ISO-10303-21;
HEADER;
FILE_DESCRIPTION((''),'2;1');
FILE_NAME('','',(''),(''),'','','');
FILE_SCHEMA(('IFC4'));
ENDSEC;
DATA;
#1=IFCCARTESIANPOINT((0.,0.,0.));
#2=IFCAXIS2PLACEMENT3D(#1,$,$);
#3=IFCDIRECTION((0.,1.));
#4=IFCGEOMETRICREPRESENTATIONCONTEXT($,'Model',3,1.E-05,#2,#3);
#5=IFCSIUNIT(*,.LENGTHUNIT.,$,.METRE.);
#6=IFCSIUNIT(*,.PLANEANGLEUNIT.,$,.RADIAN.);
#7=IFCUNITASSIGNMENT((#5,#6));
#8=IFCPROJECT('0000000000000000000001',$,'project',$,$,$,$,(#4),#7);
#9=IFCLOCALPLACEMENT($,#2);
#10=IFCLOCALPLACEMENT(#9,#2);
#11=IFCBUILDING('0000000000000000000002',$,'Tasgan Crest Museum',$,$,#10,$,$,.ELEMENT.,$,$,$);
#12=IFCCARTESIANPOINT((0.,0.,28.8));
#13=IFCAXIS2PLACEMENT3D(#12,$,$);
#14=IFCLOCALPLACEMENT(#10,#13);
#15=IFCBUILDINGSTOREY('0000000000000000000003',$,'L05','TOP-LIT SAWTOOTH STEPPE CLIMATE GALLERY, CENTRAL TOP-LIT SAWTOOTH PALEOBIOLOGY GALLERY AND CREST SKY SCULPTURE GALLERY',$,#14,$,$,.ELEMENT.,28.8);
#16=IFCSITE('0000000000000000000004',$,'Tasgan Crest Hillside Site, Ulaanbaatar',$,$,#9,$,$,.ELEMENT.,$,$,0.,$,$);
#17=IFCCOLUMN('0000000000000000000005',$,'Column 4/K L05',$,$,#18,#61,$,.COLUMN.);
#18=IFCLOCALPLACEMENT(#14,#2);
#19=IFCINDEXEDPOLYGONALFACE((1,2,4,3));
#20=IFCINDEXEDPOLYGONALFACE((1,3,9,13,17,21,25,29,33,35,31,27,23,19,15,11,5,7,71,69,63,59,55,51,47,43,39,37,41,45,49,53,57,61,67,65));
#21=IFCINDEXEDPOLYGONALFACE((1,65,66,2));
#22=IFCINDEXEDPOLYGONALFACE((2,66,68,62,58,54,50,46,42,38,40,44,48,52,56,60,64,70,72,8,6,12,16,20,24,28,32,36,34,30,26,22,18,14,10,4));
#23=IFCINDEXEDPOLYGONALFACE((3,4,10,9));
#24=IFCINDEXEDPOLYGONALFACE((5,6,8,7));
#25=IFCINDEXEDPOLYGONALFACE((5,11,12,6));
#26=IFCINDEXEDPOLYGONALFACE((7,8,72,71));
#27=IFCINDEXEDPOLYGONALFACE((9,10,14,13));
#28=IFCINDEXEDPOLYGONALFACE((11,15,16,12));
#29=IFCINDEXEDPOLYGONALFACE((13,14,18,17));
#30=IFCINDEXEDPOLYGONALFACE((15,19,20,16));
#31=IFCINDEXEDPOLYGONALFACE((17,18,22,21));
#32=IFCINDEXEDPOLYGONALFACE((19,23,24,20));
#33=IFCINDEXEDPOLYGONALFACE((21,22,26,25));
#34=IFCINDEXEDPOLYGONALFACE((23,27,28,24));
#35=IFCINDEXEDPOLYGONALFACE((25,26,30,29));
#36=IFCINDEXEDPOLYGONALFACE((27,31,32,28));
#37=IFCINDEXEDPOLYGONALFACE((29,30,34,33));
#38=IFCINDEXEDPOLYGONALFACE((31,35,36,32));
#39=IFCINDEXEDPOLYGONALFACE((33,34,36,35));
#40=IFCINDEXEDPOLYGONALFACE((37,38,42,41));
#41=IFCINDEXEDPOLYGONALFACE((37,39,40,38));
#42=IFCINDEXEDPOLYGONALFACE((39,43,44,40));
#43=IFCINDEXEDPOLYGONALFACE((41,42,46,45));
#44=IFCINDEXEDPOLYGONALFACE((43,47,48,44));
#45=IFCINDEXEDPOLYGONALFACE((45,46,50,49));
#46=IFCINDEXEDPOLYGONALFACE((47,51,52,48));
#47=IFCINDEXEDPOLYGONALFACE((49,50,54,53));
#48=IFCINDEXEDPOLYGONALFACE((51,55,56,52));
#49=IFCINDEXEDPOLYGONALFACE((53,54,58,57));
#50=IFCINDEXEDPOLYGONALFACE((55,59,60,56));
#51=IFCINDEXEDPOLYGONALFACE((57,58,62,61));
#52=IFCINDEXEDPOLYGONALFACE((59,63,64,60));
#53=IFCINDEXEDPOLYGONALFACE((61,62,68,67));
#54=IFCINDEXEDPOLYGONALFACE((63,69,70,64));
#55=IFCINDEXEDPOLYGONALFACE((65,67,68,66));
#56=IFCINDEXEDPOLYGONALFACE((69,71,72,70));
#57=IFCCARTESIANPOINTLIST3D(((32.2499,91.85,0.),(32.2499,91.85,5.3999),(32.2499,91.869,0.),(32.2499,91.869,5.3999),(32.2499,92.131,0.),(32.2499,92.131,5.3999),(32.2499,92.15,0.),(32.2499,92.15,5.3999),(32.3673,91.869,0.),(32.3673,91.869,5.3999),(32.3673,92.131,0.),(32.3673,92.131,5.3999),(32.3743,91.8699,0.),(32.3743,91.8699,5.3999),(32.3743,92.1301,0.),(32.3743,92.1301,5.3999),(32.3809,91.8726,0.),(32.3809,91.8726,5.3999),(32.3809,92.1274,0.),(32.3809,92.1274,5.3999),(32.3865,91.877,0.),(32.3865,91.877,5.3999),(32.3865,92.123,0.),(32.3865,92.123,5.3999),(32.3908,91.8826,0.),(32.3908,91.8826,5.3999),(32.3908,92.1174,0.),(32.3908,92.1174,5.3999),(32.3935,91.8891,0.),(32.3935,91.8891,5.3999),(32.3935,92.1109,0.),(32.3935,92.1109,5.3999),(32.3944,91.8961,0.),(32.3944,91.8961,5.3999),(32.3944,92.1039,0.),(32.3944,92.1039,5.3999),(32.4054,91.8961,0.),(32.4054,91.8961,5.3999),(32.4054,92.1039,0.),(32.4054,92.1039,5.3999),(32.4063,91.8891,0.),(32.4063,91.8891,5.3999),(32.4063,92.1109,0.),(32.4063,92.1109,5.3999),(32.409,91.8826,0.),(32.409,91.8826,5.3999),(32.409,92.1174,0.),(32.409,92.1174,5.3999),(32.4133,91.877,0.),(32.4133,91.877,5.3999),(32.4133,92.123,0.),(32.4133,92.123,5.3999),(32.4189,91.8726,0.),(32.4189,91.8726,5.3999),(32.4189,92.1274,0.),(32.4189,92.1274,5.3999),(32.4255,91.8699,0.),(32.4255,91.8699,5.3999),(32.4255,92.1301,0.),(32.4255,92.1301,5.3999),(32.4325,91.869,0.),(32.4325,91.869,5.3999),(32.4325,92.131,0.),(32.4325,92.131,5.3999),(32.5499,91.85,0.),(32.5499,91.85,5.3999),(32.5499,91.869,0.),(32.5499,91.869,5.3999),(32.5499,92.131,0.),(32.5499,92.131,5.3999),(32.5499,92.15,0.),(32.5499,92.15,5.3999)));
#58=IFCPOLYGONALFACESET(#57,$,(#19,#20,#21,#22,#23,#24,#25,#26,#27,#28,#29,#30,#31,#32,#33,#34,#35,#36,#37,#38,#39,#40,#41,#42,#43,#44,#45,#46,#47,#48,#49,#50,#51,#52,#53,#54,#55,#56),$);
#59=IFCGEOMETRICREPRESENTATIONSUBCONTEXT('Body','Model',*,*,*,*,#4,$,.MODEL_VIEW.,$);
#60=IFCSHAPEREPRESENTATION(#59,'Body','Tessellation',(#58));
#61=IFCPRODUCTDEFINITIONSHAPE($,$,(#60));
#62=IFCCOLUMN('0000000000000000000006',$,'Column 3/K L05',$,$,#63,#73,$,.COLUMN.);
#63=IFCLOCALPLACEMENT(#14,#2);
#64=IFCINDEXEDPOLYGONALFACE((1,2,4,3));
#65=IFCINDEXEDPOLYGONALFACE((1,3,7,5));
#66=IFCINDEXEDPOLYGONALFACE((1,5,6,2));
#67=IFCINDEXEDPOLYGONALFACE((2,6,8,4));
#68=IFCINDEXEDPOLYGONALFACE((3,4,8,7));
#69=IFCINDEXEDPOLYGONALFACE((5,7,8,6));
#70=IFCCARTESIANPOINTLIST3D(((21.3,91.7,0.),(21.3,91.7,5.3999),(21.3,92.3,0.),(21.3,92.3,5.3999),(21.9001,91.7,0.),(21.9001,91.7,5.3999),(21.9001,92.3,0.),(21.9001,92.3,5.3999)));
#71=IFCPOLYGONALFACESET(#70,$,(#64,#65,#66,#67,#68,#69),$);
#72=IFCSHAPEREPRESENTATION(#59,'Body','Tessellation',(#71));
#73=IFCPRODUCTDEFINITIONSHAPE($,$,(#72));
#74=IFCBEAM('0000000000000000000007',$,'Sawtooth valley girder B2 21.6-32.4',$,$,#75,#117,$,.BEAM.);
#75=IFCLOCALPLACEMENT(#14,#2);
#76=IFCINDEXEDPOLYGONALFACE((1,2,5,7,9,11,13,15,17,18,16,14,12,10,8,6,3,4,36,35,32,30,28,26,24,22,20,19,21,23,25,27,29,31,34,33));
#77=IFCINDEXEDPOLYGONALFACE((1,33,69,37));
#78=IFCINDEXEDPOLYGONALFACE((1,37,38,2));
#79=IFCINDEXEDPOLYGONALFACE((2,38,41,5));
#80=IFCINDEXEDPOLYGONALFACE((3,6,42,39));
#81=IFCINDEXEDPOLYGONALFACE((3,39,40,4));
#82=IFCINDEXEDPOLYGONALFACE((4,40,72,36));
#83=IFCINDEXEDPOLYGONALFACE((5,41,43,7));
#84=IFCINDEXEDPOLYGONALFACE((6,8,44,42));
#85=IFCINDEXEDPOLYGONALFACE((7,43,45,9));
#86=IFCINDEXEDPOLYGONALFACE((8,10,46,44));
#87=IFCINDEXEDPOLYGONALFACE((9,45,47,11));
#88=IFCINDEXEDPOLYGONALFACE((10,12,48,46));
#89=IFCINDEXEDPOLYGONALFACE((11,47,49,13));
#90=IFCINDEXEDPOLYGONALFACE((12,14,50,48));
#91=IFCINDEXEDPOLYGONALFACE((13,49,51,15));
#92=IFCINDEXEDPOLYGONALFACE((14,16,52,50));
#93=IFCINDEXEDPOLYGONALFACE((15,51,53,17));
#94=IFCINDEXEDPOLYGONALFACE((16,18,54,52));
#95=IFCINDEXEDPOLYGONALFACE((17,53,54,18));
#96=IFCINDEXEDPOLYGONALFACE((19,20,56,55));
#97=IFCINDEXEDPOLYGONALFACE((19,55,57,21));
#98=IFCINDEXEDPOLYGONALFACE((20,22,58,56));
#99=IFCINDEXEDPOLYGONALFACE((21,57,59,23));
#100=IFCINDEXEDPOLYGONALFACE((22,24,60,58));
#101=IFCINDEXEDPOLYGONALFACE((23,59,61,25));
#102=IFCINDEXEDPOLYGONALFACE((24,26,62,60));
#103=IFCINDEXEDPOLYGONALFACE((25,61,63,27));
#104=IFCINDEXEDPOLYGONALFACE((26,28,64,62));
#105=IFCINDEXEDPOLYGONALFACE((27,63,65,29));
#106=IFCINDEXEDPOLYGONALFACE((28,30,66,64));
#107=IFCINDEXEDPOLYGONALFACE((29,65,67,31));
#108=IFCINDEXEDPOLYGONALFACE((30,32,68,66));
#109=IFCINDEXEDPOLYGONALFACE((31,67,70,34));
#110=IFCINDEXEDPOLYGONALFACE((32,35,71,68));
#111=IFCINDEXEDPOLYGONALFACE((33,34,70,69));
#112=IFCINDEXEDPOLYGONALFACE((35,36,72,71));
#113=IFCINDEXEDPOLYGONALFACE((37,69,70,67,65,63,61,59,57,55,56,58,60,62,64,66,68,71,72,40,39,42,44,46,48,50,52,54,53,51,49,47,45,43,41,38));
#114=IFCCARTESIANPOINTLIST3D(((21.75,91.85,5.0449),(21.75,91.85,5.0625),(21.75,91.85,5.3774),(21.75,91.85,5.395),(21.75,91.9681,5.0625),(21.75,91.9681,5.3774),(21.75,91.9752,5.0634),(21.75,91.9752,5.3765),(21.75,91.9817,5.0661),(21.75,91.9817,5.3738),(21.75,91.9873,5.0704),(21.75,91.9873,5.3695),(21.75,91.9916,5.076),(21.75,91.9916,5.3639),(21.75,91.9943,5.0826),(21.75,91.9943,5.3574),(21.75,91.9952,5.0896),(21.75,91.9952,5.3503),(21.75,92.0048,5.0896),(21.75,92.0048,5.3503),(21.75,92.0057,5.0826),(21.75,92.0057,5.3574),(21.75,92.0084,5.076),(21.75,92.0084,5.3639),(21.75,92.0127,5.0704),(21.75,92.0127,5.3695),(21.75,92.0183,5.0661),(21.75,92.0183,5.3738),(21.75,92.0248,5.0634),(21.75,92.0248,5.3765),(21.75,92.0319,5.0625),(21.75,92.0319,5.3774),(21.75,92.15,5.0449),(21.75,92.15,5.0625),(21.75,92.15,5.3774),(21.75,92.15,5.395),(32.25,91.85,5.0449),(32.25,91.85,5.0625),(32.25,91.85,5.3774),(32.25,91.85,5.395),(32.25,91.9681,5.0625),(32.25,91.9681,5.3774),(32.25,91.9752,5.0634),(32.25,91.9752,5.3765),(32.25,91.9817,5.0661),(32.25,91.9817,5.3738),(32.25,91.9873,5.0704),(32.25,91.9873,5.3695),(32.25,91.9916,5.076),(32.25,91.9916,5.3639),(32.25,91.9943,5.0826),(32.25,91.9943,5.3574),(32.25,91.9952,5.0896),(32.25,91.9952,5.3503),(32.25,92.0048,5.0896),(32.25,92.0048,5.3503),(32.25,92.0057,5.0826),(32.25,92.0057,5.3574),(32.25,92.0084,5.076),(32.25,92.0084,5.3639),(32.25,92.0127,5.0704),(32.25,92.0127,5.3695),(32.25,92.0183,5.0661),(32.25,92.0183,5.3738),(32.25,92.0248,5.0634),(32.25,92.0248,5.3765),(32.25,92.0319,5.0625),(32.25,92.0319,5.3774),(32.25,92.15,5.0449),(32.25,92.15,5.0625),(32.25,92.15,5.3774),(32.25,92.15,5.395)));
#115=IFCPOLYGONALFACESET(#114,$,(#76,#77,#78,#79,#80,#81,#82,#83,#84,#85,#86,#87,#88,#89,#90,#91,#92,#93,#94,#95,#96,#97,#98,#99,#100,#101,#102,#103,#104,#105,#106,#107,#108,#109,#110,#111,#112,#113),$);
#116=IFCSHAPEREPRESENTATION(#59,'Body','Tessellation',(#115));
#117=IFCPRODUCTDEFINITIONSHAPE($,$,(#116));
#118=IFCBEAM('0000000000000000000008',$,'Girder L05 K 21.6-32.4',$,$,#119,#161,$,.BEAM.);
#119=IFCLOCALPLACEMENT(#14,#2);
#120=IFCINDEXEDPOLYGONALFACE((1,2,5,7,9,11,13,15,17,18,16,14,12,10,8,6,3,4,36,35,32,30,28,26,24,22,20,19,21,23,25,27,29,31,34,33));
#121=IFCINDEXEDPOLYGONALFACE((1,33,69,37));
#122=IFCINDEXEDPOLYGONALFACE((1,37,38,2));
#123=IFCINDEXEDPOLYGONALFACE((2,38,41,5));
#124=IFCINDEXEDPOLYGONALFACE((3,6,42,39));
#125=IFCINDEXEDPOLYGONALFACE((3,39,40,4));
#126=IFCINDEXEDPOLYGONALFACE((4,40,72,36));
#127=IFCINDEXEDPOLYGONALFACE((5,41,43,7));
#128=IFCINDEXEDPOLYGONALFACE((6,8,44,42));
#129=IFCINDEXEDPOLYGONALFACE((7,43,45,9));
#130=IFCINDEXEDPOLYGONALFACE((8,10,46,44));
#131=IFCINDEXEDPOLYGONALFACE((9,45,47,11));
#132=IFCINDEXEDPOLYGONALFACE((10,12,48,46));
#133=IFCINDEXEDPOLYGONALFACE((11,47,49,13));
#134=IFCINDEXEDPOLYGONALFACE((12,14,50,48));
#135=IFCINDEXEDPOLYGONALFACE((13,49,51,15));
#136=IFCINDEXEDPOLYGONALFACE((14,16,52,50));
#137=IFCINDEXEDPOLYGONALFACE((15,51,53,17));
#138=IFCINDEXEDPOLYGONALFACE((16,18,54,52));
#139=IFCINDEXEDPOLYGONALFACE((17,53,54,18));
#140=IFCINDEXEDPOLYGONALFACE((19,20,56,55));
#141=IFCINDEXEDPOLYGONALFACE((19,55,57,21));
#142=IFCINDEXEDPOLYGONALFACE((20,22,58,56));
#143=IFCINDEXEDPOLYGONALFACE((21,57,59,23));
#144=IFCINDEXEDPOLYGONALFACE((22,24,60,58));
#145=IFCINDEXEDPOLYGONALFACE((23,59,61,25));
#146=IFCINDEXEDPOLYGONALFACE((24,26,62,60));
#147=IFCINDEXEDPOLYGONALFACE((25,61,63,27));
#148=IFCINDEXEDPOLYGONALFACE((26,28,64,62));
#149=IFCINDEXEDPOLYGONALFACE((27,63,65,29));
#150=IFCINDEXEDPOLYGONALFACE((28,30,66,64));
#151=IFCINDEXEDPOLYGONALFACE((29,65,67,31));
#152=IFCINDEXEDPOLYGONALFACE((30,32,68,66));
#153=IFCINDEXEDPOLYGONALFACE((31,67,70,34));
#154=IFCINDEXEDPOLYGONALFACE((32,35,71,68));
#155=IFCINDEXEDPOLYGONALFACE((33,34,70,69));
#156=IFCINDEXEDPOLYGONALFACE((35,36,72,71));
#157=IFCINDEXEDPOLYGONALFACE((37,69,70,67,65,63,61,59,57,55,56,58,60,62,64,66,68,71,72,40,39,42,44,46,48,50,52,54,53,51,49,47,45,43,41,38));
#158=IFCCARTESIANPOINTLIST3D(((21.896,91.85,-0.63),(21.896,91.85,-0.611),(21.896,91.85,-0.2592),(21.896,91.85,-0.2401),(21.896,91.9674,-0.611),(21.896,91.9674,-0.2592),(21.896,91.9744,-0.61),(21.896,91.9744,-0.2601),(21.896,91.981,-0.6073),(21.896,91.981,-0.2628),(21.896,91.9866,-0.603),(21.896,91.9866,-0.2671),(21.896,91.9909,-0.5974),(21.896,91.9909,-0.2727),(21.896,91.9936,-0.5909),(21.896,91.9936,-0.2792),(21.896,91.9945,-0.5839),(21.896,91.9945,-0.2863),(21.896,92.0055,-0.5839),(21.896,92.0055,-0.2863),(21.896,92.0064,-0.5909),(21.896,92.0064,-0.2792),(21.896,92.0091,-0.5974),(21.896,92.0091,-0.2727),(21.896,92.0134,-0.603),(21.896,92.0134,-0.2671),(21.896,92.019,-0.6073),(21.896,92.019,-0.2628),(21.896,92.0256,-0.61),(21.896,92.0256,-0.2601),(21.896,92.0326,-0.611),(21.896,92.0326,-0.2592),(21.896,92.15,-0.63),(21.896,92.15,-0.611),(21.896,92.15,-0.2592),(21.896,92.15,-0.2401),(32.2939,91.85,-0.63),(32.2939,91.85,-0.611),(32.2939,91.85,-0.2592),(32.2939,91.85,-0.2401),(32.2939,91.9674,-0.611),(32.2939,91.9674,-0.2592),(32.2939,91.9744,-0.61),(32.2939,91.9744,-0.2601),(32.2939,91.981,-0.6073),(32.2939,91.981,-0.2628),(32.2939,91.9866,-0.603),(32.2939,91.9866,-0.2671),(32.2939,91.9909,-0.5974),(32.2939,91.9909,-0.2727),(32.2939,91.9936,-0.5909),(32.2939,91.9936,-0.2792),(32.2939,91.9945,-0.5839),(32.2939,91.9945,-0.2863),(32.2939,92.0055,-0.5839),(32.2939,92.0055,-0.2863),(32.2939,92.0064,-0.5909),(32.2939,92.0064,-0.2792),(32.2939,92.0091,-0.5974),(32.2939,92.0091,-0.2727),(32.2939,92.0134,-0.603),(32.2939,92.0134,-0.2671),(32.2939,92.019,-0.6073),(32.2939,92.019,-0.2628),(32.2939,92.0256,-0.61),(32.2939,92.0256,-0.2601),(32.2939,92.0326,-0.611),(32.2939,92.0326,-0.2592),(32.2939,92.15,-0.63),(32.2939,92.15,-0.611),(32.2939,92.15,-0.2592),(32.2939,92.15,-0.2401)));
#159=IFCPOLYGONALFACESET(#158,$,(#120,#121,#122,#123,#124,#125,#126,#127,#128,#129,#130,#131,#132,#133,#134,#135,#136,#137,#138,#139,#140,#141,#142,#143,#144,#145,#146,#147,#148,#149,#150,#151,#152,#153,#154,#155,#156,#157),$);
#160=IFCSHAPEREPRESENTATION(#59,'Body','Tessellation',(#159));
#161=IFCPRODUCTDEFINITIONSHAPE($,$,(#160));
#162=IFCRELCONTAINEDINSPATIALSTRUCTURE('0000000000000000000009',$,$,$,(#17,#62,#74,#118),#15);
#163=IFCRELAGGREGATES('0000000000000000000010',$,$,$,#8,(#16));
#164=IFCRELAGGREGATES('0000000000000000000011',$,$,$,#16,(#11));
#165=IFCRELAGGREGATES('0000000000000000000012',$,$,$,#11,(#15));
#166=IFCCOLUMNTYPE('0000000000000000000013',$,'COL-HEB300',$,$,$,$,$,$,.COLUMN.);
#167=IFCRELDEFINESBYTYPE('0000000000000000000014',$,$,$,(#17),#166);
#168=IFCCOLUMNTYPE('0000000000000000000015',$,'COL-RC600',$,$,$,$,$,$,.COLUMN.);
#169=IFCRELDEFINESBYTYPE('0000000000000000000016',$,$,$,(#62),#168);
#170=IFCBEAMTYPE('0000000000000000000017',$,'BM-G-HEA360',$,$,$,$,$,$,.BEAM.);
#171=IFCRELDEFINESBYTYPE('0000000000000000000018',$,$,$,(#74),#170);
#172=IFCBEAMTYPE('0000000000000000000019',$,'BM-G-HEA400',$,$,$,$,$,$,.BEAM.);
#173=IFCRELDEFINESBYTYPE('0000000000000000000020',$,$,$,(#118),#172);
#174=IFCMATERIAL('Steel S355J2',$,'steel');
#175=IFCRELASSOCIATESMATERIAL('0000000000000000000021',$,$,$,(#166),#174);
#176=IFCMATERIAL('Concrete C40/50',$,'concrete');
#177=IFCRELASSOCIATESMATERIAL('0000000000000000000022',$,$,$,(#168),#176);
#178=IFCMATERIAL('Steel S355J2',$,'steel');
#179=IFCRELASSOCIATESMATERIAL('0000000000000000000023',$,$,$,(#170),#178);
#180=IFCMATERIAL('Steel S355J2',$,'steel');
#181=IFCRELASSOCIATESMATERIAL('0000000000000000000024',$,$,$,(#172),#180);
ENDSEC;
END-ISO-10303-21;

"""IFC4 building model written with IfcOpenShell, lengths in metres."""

from ifc_helpers import new_model, si_unit, direction, frame, origin, origin_2d, place, context, subcontext, project, spatial, rectangle, i_section, extrude, material, material_profile, profile_set, type_object, element, save


model = new_model("IFC4")

# Units and contexts
model_context = context("Model", 3, precision=1e-05, world=origin(), true_north=direction((0.0, 1.0)))
body_context = subcontext(model_context, "Body", "Model", "MODEL_VIEW")
ifc_project = project(units=[si_unit("LENGTHUNIT", "METRE"), si_unit("PLANEANGLEUNIT", "RADIAN")], contexts=[model_context])

# Site, building, storey
site_placement = place(None, origin())
site = spatial("IfcSite", under=ifc_project, at=site_placement, Name="Tasgan Crest Hillside Site, Ulaanbaatar", CompositionType="ELEMENT", RefElevation=0.0)
building_placement = place(site_placement, origin())
building = spatial("IfcBuilding", under=site, at=building_placement, Name="Tasgan Crest Museum", CompositionType="ELEMENT")
storey_placement = place(building_placement, frame((0.0, 0.0, 28.8)))
storey = spatial("IfcBuildingStorey", under=building, at=storey_placement, Name="L05", Description="TOP-LIT SAWTOOTH STEPPE CLIMATE GALLERY, CENTRAL TOP-LIT SAWTOOTH PALEOBIOLOGY GALLERY AND CREST SKY SCULPTURE GALLERY", CompositionType="ELEMENT", Elevation=28.8)

# Columns
ifc_material_1 = material(Name="Steel S355J2", Category="steel")
ifc_material_profile_1 = material_profile(ifc_material_1, i_section(OverallWidth=0.3, OverallDepth=0.3, WebThickness=0.011, FlangeThickness=0.019, FilletRadius=0.0271, at=origin_2d()), Name="HEB 300")
ifc_profile_set_1 = profile_set([ifc_material_profile_1], Name="Steel S355J2")
column_type_1 = type_object("IfcColumnType", Name="COL-HEB300", PredefinedType="COLUMN", material=ifc_profile_set_1)
column_1_placement = place(storey_placement, frame((32.3999, 92.0, 0.0), z_axis=(0.0, 0.0, 1.0), x_axis=(1.0, 0.0, 0.0)))
element("IfcColumn", 1, at=column_1_placement, inside=storey, type_object=column_type_1, Name="Column 4/K L05", PredefinedType="COLUMN", context=body_context, shape_type="SweptSolid", body=[
    extrude(i_section(OverallWidth=0.3, OverallDepth=0.3, WebThickness=0.011, FlangeThickness=0.019, FilletRadius=0.0271, at=origin_2d()), origin(), (0.0, 0.0, 1.0), 5.3999),
])
ifc_material_2 = material(Name="Concrete C40/50", Category="concrete")
ifc_material_profile_2 = material_profile(ifc_material_2, rectangle(XDim=0.6001, YDim=0.6001, at=origin_2d()), Name="RC 600x600")
ifc_profile_set_2 = profile_set([ifc_material_profile_2], Name="Concrete C40/50")
column_type_2 = type_object("IfcColumnType", Name="COL-RC600", PredefinedType="COLUMN", material=ifc_profile_set_2)
column_2_placement = place(storey_placement, frame((21.6001, 92.0, 0.0), z_axis=(0.0, 0.0, 1.0), x_axis=(1.0, 0.0, 0.0)))
element("IfcColumn", 2, at=column_2_placement, inside=storey, type_object=column_type_2, Name="Column 3/K L05", PredefinedType="COLUMN", context=body_context, shape_type="SweptSolid", body=[
    extrude(rectangle(XDim=0.6001, YDim=0.6001, at=origin_2d()), origin(), (0.0, 0.0, 1.0), 5.3999),
])

# Beams
ifc_material_3 = material(Name="Steel S355J2", Category="steel")
ifc_material_profile_3 = material_profile(ifc_material_3, i_section(OverallWidth=0.3, OverallDepth=0.3501, WebThickness=0.0095, FlangeThickness=0.0176, FilletRadius=0.0271, at=origin_2d()), Name="HEA 360")
ifc_profile_set_3 = profile_set([ifc_material_profile_3], Name="Steel S355J2")
beam_type_1 = type_object("IfcBeamType", Name="BM-G-HEA360", PredefinedType="BEAM", material=ifc_profile_set_3)
beam_1_placement = place(storey_placement, frame((21.75, 92.0, 5.22), z_axis=(1.0, 0.0, 0.0), x_axis=(0.0, 1.0, 0.0)))
element("IfcBeam", 3, at=beam_1_placement, inside=storey, type_object=beam_type_1, Name="Sawtooth valley girder B2 21.6-32.4", PredefinedType="BEAM", context=body_context, shape_type="SweptSolid", body=[
    extrude(i_section(OverallWidth=0.3, OverallDepth=0.3501, WebThickness=0.0095, FlangeThickness=0.0176, FilletRadius=0.0271, at=origin_2d()), origin(), (0.0, 0.0, 1.0), 10.5),
])
ifc_material_4 = material(Name="Steel S355J2", Category="steel")
ifc_material_profile_4 = material_profile(ifc_material_4, i_section(OverallWidth=0.3, OverallDepth=0.3899, WebThickness=0.011, FlangeThickness=0.019, FilletRadius=0.0271, at=origin_2d()), Name="HEA 400")
ifc_profile_set_4 = profile_set([ifc_material_profile_4], Name="Steel S355J2")
beam_type_2 = type_object("IfcBeamType", Name="BM-G-HEA400", PredefinedType="BEAM", material=ifc_profile_set_4)
beam_2_placement = place(storey_placement, frame((21.896, 92.0, -0.4351), z_axis=(1.0, 0.0, 0.0), x_axis=(0.0, 1.0, 0.0)))
element("IfcBeam", 4, at=beam_2_placement, inside=storey, type_object=beam_type_2, Name="Girder L05 K 21.6-32.4", PredefinedType="BEAM", context=body_context, shape_type="SweptSolid", body=[
    extrude(i_section(OverallWidth=0.3, OverallDepth=0.3899, WebThickness=0.011, FlangeThickness=0.019, FilletRadius=0.0271, at=origin_2d()), origin(), (0.0, 0.0, 1.0), 10.3979),
])

save(model, "model.ifc")
